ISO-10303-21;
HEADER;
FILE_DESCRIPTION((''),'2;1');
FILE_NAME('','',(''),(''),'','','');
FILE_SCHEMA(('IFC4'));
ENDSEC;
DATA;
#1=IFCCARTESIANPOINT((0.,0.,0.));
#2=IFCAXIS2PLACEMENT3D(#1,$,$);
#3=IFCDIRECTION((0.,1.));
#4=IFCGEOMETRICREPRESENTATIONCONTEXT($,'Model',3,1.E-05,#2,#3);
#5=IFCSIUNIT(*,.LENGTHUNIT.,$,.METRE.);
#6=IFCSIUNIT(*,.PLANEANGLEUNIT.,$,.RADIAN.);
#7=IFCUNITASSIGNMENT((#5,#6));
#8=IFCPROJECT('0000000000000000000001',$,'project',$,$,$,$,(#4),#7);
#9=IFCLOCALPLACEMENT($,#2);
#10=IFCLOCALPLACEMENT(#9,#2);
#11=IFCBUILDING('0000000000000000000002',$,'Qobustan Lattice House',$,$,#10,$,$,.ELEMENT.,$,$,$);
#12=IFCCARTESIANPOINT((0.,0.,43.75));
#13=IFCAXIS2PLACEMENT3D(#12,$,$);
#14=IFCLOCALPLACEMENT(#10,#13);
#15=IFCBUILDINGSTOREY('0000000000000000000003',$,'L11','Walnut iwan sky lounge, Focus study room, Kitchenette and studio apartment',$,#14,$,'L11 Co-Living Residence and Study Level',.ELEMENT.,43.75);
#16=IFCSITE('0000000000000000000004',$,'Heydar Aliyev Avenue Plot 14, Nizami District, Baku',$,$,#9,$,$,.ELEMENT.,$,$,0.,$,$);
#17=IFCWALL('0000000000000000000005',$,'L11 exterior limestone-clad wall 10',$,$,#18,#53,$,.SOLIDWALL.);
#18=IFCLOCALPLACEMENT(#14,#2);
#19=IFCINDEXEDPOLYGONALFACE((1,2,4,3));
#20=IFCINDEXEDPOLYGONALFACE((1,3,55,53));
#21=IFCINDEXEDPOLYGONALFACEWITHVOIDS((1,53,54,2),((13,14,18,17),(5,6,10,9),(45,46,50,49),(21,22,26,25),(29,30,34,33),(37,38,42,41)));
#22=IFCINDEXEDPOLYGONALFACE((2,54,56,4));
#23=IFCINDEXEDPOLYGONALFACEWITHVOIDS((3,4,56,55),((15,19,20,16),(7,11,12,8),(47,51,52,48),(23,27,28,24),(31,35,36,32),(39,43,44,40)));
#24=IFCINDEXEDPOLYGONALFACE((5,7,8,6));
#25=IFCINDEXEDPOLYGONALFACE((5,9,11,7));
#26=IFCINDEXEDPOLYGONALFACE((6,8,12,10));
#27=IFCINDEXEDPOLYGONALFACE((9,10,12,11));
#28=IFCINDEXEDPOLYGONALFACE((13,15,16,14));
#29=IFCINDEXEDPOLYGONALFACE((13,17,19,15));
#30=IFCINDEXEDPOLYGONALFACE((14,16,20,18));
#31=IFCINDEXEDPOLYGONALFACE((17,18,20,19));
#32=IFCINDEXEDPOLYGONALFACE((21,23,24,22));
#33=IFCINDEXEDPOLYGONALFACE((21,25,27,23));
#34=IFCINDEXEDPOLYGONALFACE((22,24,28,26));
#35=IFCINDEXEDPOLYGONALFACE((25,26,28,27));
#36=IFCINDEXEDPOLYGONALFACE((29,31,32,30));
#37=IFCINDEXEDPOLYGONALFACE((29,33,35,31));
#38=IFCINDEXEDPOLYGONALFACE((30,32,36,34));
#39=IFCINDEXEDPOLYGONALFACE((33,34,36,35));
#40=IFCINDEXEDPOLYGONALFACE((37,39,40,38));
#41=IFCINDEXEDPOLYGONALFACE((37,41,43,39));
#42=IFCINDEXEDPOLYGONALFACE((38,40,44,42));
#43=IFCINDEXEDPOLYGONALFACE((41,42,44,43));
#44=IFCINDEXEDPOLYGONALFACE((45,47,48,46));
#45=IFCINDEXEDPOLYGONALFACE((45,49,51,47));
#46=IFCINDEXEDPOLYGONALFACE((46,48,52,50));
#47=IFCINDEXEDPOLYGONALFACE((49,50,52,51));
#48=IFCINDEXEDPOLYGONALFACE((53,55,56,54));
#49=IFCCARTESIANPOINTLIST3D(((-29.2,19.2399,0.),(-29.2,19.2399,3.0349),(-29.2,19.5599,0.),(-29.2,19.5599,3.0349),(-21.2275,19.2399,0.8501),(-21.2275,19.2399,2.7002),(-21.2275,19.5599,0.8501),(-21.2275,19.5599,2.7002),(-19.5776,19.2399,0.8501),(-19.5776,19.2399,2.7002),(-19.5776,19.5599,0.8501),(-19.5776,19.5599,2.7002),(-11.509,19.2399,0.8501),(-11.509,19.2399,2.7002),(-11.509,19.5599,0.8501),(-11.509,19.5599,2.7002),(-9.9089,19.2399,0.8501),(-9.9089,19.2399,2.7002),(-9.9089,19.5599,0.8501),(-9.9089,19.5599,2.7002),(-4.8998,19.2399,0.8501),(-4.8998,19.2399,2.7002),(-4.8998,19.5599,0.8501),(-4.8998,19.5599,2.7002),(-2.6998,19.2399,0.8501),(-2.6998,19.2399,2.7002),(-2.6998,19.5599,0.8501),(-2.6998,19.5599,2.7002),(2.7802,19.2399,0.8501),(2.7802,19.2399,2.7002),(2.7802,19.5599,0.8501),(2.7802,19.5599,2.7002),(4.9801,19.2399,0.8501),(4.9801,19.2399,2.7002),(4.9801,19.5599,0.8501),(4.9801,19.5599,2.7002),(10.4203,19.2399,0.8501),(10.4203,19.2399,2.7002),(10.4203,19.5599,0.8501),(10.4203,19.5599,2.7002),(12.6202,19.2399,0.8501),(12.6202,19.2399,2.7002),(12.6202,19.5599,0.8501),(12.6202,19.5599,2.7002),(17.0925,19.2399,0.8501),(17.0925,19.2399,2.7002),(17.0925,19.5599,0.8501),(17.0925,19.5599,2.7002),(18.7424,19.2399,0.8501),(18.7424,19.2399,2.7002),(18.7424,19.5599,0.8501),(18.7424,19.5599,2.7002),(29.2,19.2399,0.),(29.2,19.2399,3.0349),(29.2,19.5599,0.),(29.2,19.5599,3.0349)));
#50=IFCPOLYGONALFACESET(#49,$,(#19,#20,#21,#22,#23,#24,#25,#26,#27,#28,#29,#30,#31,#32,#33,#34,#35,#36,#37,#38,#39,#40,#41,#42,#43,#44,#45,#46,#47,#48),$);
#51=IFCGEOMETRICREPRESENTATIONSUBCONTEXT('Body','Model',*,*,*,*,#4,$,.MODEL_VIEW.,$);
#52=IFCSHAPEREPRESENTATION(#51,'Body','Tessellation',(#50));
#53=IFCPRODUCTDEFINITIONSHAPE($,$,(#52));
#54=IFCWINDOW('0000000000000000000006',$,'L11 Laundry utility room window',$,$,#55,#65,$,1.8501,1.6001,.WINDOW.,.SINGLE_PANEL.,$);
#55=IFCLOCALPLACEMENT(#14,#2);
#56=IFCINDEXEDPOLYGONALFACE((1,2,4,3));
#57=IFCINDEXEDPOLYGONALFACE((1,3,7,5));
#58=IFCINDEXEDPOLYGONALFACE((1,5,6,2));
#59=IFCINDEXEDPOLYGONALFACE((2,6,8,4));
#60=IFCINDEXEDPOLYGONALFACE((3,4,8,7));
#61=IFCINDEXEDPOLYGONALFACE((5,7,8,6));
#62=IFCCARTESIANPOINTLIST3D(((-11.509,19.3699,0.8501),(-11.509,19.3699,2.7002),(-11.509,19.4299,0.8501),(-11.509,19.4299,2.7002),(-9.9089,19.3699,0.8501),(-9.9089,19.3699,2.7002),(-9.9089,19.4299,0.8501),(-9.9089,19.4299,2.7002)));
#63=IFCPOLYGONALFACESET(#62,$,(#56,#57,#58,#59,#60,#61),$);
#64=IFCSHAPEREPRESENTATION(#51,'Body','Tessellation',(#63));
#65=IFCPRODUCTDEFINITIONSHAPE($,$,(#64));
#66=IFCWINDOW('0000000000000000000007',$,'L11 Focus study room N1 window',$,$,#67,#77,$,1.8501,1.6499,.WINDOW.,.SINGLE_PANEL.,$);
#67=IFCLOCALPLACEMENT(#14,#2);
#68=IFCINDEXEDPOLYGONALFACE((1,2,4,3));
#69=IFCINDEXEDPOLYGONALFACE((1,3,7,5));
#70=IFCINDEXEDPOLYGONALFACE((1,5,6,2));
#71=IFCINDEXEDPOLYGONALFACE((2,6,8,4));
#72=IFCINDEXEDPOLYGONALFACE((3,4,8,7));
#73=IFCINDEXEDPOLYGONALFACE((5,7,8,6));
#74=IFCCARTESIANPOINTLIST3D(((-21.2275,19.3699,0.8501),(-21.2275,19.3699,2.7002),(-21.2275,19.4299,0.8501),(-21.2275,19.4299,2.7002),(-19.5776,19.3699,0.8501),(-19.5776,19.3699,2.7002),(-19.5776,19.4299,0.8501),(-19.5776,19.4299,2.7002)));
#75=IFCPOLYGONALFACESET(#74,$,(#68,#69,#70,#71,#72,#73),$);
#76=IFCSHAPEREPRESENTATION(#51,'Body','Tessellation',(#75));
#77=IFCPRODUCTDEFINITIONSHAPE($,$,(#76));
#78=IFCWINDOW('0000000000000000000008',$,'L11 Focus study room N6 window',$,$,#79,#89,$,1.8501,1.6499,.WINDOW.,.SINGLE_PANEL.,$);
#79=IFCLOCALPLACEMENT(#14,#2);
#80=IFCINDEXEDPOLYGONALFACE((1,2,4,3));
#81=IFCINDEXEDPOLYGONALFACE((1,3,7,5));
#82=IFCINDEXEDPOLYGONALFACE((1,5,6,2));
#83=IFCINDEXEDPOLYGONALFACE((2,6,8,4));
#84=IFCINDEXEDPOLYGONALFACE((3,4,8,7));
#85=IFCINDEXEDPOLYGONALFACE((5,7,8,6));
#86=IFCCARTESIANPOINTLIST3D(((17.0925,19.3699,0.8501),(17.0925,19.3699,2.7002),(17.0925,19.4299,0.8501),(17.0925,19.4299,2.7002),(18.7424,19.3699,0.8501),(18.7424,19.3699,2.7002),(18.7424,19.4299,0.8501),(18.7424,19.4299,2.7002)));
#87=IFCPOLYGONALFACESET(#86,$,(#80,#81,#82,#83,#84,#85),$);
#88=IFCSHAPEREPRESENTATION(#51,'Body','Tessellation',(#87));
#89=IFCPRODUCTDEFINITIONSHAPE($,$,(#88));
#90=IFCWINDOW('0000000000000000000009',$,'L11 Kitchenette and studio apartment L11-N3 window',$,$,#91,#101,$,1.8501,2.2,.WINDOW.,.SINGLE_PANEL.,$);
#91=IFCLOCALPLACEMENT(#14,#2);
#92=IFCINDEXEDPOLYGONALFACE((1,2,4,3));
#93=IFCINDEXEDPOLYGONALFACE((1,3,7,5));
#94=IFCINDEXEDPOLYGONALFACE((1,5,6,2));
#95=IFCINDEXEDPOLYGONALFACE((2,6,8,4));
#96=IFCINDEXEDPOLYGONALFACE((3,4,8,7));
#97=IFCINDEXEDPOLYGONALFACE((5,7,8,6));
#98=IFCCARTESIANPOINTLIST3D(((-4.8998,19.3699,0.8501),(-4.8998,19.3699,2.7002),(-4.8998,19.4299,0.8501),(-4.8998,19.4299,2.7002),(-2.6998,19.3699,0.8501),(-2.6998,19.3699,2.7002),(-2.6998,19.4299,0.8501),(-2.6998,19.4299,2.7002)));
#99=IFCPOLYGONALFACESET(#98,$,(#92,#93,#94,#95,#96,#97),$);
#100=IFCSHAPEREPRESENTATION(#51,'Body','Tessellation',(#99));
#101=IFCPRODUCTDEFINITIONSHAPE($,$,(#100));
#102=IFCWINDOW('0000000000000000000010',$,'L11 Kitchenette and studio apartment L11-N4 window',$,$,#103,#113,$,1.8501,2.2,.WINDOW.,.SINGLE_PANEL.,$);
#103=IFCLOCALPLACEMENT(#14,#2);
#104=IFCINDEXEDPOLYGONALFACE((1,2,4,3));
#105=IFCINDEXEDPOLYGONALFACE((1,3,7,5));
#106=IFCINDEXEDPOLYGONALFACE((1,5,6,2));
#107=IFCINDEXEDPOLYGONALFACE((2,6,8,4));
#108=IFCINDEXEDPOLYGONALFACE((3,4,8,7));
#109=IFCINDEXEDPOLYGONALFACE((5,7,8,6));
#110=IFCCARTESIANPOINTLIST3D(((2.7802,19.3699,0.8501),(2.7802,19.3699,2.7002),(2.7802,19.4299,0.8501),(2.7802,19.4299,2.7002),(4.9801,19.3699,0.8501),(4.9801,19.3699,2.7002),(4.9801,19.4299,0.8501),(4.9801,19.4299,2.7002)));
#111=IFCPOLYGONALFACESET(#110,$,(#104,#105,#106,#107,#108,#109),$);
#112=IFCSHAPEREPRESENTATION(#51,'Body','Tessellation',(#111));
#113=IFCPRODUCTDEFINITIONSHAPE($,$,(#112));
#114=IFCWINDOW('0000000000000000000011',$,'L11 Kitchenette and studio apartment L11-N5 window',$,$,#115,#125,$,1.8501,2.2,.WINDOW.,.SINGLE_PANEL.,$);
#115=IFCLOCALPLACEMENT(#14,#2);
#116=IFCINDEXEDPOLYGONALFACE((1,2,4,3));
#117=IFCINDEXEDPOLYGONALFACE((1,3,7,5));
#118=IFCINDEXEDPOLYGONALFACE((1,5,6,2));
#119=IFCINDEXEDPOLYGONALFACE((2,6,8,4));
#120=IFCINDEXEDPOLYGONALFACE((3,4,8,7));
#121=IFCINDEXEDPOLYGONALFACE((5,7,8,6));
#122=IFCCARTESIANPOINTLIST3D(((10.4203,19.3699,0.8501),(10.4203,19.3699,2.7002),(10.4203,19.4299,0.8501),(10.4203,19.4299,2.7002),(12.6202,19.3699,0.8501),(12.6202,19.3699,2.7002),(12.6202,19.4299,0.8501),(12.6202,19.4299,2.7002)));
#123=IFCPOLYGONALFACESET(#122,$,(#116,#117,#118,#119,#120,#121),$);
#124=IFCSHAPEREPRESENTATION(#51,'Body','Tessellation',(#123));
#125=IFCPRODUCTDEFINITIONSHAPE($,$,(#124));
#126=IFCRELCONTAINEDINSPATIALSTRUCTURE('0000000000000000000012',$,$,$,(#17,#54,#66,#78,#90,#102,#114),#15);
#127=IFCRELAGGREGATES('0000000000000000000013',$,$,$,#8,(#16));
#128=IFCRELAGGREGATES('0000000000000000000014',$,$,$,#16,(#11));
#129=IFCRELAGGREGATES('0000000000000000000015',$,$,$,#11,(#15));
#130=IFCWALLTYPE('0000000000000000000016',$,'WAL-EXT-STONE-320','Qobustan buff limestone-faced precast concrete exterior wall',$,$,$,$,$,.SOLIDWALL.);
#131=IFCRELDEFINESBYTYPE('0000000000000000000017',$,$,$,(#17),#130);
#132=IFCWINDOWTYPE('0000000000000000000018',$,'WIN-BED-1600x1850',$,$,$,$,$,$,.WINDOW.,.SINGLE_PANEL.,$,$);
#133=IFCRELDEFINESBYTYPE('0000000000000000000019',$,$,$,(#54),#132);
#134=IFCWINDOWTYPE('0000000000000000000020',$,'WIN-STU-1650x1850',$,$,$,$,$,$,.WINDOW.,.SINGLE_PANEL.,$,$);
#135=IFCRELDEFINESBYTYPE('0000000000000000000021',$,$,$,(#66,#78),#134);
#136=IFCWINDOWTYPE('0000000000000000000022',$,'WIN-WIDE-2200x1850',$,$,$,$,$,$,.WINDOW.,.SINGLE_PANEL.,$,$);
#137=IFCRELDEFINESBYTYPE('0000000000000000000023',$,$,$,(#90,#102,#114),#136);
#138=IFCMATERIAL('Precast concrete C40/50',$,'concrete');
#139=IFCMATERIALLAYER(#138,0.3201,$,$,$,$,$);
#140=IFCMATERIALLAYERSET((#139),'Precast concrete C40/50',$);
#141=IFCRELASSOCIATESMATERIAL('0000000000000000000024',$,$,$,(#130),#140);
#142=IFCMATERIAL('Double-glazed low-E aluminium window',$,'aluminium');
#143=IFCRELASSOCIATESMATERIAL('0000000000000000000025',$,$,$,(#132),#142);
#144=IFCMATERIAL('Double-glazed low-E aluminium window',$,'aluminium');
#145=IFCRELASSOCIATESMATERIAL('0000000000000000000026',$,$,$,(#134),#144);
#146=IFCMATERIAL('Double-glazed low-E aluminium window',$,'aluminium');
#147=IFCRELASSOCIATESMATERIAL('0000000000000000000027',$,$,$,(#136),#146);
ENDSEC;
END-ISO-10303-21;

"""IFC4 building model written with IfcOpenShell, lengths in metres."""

from ifc_helpers import new_model, si_unit, direction, frame, frame_2d, origin, place, context, subcontext, project, spatial, rectangle, extrude, material, layer, layer_set, type_object, element, fill, save


model = new_model("IFC4")

# Units and contexts
model_context = context("Model", 3, precision=1e-05, world=origin(), true_north=direction((0.0, 1.0)))
body_context = subcontext(model_context, "Body", "Model", "MODEL_VIEW")
ifc_project = project(units=[si_unit("LENGTHUNIT", "METRE"), si_unit("PLANEANGLEUNIT", "RADIAN")], contexts=[model_context])

# Site, building, storey
site_placement = place(None, origin())
site = spatial("IfcSite", under=ifc_project, at=site_placement, Name="Heydar Aliyev Avenue Plot 14, Nizami District, Baku", CompositionType="ELEMENT", RefElevation=0.0)
building_placement = place(site_placement, origin())
building = spatial("IfcBuilding", under=site, at=building_placement, Name="Qobustan Lattice House", CompositionType="ELEMENT")
storey_placement = place(building_placement, frame((0.0, 0.0, 43.75)))
storey = spatial("IfcBuildingStorey", under=building, at=storey_placement, Name="L11", Description="Walnut iwan sky lounge, Focus study room, Kitchenette and studio apartment", LongName="L11 Co-Living Residence and Study Level", CompositionType="ELEMENT", Elevation=43.75)

# Shared definitions
ifc_material_1 = material(Name="Precast concrete C40/50", Category="concrete")
ifc_layer_1 = layer(ifc_material_1, 0.3201)
ifc_layer_set_1 = layer_set([ifc_layer_1], Name="Precast concrete C40/50")
wall_type = type_object("IfcWallType", Name="WAL-EXT-STONE-320", Description="Qobustan buff limestone-faced precast concrete exterior wall", PredefinedType="SOLIDWALL", material=ifc_layer_set_1)

# Wall, openings, windows
wall_1_placement = place(storey_placement, frame((-29.2, 19.3999, 0.0), z_axis=(0.0, 0.0, 1.0), x_axis=(1.0, 0.0, 0.0)))
wall_1 = element("IfcWall", 1, at=wall_1_placement, inside=storey, type_object=wall_type, Name="L11 exterior limestone-clad wall 10", PredefinedType="SOLIDWALL", context=body_context, shape_type="SweptSolid", body=[
    extrude(rectangle(XDim=58.3999, YDim=0.3201, at=frame_2d((29.2, 0.0))), origin(), (0.0, 0.0, 1.0), 3.0349),
])
opening_1_placement = place(wall_1_placement, frame((7.9724, 0.0, 0.8501)))
opening_1 = element("IfcOpeningElement", 2, at=opening_1_placement, cuts=wall_1, PredefinedType="OPENING", context=body_context, shape_type="SweptSolid", body=[
    extrude(rectangle(XDim=1.6499, YDim=1.8501, at=frame_2d((0.825, 0.925))), frame((0.0, 0.1699, 0.0), z_axis=(0.0, -1.0, 0.0), x_axis=(1.0, 0.0, 0.0)), (0.0, 0.0, 1.0), 0.3401),
])
opening_2_placement = place(wall_1_placement, frame((17.6909, 0.0, 0.8501)))
opening_2 = element("IfcOpeningElement", 3, at=opening_2_placement, cuts=wall_1, PredefinedType="OPENING", context=body_context, shape_type="SweptSolid", body=[
    extrude(rectangle(XDim=1.6001, YDim=1.8501, at=frame_2d((0.8, 0.925))), frame((0.0, 0.1699, 0.0), z_axis=(0.0, -1.0, 0.0), x_axis=(1.0, 0.0, 0.0)), (0.0, 0.0, 1.0), 0.3401),
])
opening_3_placement = place(wall_1_placement, frame((24.3, 0.0, 0.8501)))
opening_3 = element("IfcOpeningElement", 4, at=opening_3_placement, cuts=wall_1, PredefinedType="OPENING", context=body_context, shape_type="SweptSolid", body=[
    extrude(rectangle(XDim=2.2, YDim=1.8501, at=frame_2d((1.1001, 0.925))), frame((0.0, 0.1699, 0.0), z_axis=(0.0, -1.0, 0.0), x_axis=(1.0, 0.0, 0.0)), (0.0, 0.0, 1.0), 0.3401),
])
opening_4_placement = place(wall_1_placement, frame((31.98, 0.0, 0.8501)))
opening_4 = element("IfcOpeningElement", 5, at=opening_4_placement, cuts=wall_1, PredefinedType="OPENING", context=body_context, shape_type="SweptSolid", body=[
    extrude(rectangle(XDim=2.2, YDim=1.8501, at=frame_2d((1.1001, 0.925))), frame((0.0, 0.1699, 0.0), z_axis=(0.0, -1.0, 0.0), x_axis=(1.0, 0.0, 0.0)), (0.0, 0.0, 1.0), 0.3401),
])
opening_5_placement = place(wall_1_placement, frame((39.6201, 0.0, 0.8501)))
opening_5 = element("IfcOpeningElement", 6, at=opening_5_placement, cuts=wall_1, PredefinedType="OPENING", context=body_context, shape_type="SweptSolid", body=[
    extrude(rectangle(XDim=2.2, YDim=1.8501, at=frame_2d((1.1001, 0.925))), frame((0.0, 0.1699, 0.0), z_axis=(0.0, -1.0, 0.0), x_axis=(1.0, 0.0, 0.0)), (0.0, 0.0, 1.0), 0.3401),
])
opening_6_placement = place(wall_1_placement, frame((46.2925, 0.0, 0.8501)))
opening_6 = element("IfcOpeningElement", 7, at=opening_6_placement, cuts=wall_1, PredefinedType="OPENING", context=body_context, shape_type="SweptSolid", body=[
    extrude(rectangle(XDim=1.6499, YDim=1.8501, at=frame_2d((0.825, 0.925))), frame((0.0, 0.1699, 0.0), z_axis=(0.0, -1.0, 0.0), x_axis=(1.0, 0.0, 0.0)), (0.0, 0.0, 1.0), 0.3401),
])
ifc_material_2 = material(Name="Double-glazed low-E aluminium window", Category="aluminium")
window_type_1 = type_object("IfcWindowType", Name="WIN-BED-1600x1850", PartitioningType="SINGLE_PANEL", PredefinedType="WINDOW", material=ifc_material_2)
window_1_placement = place(opening_2_placement, origin())
window_1 = element("IfcWindow", 8, at=window_1_placement, inside=storey, type_object=window_type_1, Name="L11 Laundry utility room window", OverallHeight=1.8501, OverallWidth=1.6001, PartitioningType="SINGLE_PANEL", PredefinedType="WINDOW", context=body_context, shape_type="SweptSolid", body=[
    extrude(rectangle(XDim=1.6001, YDim=1.8501, at=frame_2d((0.8, 0.925))), frame((0.0, 0.03, 0.0), z_axis=(0.0, -1.0, 0.0), x_axis=(1.0, 0.0, 0.0)), (0.0, 0.0, 1.0), 0.0601),
])
fill(opening_2, window_1)
ifc_material_3 = material(Name="Double-glazed low-E aluminium window", Category="aluminium")
window_type_2 = type_object("IfcWindowType", Name="WIN-STU-1650x1850", PartitioningType="SINGLE_PANEL", PredefinedType="WINDOW", material=ifc_material_3)
window_2_placement = place(opening_1_placement, origin())
window_2 = element("IfcWindow", 9, at=window_2_placement, inside=storey, type_object=window_type_2, Name="L11 Focus study room N1 window", OverallHeight=1.8501, OverallWidth=1.6499, PartitioningType="SINGLE_PANEL", PredefinedType="WINDOW", context=body_context, shape_type="SweptSolid", body=[
    extrude(rectangle(XDim=1.6499, YDim=1.8501, at=frame_2d((0.825, 0.925))), frame((0.0, 0.03, 0.0), z_axis=(0.0, -1.0, 0.0), x_axis=(1.0, 0.0, 0.0)), (0.0, 0.0, 1.0), 0.0601),
])
fill(opening_1, window_2)
window_3_placement = place(opening_6_placement, origin())
window_3 = element("IfcWindow", 10, at=window_3_placement, inside=storey, type_object=window_type_2, Name="L11 Focus study room N6 window", OverallHeight=1.8501, OverallWidth=1.6499, PartitioningType="SINGLE_PANEL", PredefinedType="WINDOW", context=body_context, shape_type="SweptSolid", body=[
    extrude(rectangle(XDim=1.6499, YDim=1.8501, at=frame_2d((0.825, 0.925))), frame((0.0, 0.03, 0.0), z_axis=(0.0, -1.0, 0.0), x_axis=(1.0, 0.0, 0.0)), (0.0, 0.0, 1.0), 0.0601),
])
fill(opening_6, window_3)
ifc_material_4 = material(Name="Double-glazed low-E aluminium window", Category="aluminium")
window_type_3 = type_object("IfcWindowType", Name="WIN-WIDE-2200x1850", PartitioningType="SINGLE_PANEL", PredefinedType="WINDOW", material=ifc_material_4)
window_4_placement = place(opening_3_placement, origin())
window_4 = element("IfcWindow", 11, at=window_4_placement, inside=storey, type_object=window_type_3, Name="L11 Kitchenette and studio apartment L11-N3 window", OverallHeight=1.8501, OverallWidth=2.2, PartitioningType="SINGLE_PANEL", PredefinedType="WINDOW", context=body_context, shape_type="SweptSolid", body=[
    extrude(rectangle(XDim=2.2, YDim=1.8501, at=frame_2d((1.1001, 0.925))), frame((0.0, 0.03, 0.0), z_axis=(0.0, -1.0, 0.0), x_axis=(1.0, 0.0, 0.0)), (0.0, 0.0, 1.0), 0.0601),
])
fill(opening_3, window_4)
window_5_placement = place(opening_4_placement, origin())
window_5 = element("IfcWindow", 12, at=window_5_placement, inside=storey, type_object=window_type_3, Name="L11 Kitchenette and studio apartment L11-N4 window", OverallHeight=1.8501, OverallWidth=2.2, PartitioningType="SINGLE_PANEL", PredefinedType="WINDOW", context=body_context, shape_type="SweptSolid", body=[
    extrude(rectangle(XDim=2.2, YDim=1.8501, at=frame_2d((1.1001, 0.925))), frame((0.0, 0.03, 0.0), z_axis=(0.0, -1.0, 0.0), x_axis=(1.0, 0.0, 0.0)), (0.0, 0.0, 1.0), 0.0601),
])
fill(opening_4, window_5)
window_6_placement = place(opening_5_placement, origin())
window_6 = element("IfcWindow", 13, at=window_6_placement, inside=storey, type_object=window_type_3, Name="L11 Kitchenette and studio apartment L11-N5 window", OverallHeight=1.8501, OverallWidth=2.2, PartitioningType="SINGLE_PANEL", PredefinedType="WINDOW", context=body_context, shape_type="SweptSolid", body=[
    extrude(rectangle(XDim=2.2, YDim=1.8501, at=frame_2d((1.1001, 0.925))), frame((0.0, 0.03, 0.0), z_axis=(0.0, -1.0, 0.0), x_axis=(1.0, 0.0, 0.0)), (0.0, 0.0, 1.0), 0.0601),
])
fill(opening_5, window_6)

save(model, "model.ifc")
